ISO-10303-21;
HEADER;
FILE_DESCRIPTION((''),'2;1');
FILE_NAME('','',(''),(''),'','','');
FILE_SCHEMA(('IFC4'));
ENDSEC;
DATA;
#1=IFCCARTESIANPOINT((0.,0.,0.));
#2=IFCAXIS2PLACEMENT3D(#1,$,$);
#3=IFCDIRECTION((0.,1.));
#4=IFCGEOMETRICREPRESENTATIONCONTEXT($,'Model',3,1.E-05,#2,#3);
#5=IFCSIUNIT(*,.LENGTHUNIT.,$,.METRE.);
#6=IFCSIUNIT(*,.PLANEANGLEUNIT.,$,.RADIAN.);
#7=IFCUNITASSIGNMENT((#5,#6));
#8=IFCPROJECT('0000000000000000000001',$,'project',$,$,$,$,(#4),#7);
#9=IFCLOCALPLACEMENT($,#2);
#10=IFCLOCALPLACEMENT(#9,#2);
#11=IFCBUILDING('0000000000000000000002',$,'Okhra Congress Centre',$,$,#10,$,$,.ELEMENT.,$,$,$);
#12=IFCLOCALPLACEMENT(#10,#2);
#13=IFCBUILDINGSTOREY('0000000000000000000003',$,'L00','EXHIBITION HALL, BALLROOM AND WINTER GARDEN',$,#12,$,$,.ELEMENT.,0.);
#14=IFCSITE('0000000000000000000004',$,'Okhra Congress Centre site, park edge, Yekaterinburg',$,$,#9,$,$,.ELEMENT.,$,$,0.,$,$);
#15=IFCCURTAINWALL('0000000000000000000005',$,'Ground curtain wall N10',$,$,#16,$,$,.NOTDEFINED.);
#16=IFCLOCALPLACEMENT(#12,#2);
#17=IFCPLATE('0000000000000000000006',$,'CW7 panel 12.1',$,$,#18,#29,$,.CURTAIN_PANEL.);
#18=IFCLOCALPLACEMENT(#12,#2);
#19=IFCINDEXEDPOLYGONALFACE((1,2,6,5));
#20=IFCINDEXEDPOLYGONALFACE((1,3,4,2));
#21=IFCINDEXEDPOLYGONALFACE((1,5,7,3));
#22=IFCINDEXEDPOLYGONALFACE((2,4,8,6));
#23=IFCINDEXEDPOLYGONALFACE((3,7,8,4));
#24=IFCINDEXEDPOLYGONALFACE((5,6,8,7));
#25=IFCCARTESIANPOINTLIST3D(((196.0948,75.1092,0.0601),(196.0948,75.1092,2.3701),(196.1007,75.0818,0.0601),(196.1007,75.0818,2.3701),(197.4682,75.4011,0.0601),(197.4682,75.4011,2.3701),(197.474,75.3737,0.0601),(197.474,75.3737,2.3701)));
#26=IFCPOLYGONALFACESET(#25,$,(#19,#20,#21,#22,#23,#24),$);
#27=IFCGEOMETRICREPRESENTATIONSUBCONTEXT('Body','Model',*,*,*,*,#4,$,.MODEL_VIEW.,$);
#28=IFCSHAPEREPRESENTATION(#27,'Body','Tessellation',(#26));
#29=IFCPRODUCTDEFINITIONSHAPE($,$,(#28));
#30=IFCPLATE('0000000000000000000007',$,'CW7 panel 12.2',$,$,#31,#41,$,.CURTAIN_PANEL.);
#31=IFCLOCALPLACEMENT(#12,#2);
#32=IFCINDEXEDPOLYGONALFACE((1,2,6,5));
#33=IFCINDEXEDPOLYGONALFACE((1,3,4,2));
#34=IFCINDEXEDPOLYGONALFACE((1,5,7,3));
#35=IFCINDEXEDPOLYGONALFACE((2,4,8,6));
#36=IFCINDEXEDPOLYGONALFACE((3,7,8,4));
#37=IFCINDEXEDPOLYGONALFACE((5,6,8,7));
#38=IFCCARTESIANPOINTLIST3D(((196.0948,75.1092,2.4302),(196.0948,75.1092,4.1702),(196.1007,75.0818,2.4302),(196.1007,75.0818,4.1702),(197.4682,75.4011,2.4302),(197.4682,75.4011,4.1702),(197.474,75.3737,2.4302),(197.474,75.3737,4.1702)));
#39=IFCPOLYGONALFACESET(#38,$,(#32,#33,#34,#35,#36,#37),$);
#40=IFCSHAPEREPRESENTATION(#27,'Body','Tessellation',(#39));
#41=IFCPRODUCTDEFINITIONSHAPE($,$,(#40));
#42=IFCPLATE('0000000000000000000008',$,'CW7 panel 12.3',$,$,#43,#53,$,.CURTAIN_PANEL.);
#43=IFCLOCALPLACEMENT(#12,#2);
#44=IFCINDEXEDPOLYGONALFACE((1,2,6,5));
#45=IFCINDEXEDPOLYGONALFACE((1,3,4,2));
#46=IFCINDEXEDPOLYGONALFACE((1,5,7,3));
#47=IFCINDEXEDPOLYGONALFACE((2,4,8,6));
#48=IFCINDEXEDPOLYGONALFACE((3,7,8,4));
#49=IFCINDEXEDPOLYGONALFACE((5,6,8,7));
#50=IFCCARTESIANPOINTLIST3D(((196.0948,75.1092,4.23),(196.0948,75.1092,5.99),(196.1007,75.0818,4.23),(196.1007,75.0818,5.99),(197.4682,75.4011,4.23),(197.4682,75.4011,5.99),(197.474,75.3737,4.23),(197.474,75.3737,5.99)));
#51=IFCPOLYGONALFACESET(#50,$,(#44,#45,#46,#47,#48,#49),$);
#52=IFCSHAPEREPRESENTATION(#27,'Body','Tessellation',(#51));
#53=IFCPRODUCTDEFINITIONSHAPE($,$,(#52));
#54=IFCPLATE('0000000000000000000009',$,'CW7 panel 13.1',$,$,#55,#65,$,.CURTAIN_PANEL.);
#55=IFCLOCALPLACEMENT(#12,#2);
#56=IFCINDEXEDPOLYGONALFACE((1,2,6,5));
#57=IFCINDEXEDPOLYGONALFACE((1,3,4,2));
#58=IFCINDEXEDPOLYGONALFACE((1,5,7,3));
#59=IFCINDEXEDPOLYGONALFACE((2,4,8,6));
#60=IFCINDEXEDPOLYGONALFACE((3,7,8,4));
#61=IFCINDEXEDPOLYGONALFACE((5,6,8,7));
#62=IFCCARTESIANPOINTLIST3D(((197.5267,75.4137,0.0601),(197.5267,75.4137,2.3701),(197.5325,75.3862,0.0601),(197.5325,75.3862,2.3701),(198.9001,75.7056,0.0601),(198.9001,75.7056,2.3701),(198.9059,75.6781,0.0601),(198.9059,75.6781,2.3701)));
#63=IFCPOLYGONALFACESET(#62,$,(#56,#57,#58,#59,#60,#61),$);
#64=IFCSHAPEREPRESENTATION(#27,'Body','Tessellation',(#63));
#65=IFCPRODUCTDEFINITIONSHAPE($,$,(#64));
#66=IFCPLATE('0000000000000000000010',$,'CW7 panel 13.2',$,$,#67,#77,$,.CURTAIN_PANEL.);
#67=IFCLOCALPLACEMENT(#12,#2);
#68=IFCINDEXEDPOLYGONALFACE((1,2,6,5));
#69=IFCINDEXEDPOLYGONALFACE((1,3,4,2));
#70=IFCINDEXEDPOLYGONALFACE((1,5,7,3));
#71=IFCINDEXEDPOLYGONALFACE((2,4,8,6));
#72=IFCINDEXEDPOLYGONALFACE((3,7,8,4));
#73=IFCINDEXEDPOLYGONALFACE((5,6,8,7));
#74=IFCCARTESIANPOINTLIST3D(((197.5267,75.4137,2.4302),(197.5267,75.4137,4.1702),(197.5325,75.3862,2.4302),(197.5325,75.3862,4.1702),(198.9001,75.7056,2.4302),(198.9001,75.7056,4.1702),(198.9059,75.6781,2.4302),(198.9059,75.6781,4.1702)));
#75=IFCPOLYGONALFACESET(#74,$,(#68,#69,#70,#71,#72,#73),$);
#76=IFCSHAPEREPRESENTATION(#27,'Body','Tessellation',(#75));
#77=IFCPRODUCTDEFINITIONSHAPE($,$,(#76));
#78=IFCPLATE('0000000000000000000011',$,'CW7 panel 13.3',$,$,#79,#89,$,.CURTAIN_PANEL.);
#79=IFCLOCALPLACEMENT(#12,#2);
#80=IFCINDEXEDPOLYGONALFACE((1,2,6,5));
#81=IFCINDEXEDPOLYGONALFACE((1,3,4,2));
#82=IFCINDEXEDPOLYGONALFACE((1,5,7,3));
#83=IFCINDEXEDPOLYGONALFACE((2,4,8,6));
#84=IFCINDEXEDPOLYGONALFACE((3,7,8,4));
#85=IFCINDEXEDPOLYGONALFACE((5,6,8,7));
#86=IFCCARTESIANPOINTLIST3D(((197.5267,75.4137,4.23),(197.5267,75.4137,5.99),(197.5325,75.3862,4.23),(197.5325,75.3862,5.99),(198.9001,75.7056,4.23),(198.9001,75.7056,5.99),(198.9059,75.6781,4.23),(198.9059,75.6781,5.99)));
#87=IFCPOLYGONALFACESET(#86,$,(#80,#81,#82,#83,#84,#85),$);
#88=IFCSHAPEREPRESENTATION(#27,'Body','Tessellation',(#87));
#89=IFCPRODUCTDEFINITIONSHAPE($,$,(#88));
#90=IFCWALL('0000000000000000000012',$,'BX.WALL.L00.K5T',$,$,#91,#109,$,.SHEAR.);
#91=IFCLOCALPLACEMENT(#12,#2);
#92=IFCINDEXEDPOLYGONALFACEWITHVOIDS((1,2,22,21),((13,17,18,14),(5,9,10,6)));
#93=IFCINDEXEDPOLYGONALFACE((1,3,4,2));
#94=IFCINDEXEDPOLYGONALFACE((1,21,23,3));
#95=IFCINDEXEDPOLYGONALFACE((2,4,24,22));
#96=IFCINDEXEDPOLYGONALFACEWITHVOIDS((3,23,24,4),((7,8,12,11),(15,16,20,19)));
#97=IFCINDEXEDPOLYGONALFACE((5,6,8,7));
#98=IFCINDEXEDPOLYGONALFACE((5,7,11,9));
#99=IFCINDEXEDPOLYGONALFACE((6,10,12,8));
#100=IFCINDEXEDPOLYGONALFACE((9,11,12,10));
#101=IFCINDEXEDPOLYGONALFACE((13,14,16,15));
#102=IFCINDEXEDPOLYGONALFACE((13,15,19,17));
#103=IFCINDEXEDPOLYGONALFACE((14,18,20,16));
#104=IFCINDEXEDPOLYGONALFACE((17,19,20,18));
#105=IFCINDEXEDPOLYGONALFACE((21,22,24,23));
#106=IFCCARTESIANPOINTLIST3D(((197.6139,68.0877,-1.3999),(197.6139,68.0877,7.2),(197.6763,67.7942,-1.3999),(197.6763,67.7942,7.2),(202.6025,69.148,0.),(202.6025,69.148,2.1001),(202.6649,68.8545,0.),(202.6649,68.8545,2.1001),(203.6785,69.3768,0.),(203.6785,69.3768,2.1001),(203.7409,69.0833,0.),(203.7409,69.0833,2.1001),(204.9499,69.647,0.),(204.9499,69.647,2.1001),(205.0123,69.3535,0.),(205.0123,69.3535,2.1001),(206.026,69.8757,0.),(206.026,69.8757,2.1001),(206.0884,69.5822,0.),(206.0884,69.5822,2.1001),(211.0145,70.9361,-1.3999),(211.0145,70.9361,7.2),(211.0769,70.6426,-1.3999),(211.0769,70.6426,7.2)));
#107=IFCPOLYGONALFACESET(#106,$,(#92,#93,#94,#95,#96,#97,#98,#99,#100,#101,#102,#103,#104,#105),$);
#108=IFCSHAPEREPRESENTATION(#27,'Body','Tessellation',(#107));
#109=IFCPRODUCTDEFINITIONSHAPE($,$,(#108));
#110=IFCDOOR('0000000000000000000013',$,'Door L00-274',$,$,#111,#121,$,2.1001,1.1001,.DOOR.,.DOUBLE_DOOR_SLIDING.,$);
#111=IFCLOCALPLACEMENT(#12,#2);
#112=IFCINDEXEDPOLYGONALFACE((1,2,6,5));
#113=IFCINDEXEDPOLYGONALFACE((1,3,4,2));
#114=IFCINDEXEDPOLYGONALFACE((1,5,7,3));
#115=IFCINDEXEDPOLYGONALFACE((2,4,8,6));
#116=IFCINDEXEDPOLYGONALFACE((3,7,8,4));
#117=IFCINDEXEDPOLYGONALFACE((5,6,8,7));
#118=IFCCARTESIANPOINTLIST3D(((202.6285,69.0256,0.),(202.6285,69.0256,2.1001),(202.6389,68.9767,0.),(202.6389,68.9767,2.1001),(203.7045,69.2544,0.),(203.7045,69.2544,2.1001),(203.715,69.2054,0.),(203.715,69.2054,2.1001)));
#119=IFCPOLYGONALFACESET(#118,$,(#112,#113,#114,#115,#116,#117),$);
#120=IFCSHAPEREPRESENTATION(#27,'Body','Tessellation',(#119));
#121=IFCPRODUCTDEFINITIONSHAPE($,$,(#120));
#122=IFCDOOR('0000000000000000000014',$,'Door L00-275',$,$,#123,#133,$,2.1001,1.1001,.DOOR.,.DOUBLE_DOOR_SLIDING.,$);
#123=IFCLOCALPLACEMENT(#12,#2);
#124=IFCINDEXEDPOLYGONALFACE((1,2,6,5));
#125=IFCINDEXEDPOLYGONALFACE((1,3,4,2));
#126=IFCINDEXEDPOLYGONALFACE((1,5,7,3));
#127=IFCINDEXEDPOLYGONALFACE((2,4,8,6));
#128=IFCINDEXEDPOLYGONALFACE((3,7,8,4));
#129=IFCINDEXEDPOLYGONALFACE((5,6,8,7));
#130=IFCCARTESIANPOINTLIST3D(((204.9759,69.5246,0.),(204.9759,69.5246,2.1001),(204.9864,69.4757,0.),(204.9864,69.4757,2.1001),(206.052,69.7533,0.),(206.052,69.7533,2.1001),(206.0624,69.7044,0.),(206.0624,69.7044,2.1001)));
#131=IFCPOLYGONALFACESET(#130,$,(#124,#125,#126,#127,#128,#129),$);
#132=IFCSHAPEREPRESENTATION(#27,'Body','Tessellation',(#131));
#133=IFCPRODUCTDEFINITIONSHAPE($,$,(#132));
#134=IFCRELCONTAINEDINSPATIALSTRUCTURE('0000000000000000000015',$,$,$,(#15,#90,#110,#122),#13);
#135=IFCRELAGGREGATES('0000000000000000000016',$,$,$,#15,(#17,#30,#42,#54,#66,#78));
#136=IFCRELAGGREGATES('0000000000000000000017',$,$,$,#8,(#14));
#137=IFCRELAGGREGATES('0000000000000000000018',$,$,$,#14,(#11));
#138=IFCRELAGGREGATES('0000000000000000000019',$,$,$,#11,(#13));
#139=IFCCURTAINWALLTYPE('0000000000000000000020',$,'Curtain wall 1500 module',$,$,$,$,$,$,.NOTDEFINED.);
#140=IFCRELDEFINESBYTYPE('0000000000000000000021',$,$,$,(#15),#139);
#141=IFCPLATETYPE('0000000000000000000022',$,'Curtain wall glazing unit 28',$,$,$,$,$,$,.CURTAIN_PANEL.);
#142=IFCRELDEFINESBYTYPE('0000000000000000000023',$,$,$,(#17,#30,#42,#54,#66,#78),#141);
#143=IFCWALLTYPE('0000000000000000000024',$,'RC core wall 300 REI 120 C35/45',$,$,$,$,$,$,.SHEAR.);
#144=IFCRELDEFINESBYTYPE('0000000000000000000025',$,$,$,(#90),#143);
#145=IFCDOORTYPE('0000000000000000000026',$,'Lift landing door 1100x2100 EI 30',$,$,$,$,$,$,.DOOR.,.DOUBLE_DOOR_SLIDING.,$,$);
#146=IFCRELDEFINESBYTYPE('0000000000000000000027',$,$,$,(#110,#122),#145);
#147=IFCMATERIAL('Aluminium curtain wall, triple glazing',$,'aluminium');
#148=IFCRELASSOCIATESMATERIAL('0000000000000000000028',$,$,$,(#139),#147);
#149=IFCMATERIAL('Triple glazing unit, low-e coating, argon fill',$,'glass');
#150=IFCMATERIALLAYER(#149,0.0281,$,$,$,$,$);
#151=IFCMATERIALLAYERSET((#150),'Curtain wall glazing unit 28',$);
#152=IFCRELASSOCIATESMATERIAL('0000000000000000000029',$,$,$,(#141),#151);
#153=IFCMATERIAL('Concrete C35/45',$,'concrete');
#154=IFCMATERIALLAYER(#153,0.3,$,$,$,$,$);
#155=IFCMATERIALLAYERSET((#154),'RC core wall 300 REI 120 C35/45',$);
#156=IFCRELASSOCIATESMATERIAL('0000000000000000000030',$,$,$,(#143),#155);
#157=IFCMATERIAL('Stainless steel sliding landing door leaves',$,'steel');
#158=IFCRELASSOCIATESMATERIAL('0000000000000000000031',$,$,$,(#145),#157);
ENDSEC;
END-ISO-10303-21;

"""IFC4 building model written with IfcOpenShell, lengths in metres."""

from ifc_helpers import new_model, si_unit, direction, frame, frame_2d, origin, origin_2d, place, context, subcontext, project, spatial, rectangle, extrude, material, layer, layer_set, type_object, element, fill, aggregate, save


model = new_model("IFC4")

# Units and contexts
model_context = context("Model", 3, precision=1e-05, world=origin(), true_north=direction((0.0, 1.0)))
body_context = subcontext(model_context, "Body", "Model", "MODEL_VIEW")
ifc_project = project(units=[si_unit("LENGTHUNIT", "METRE"), si_unit("PLANEANGLEUNIT", "RADIAN")], contexts=[model_context])

# Site, building, storey
site_placement = place(None, origin())
site = spatial("IfcSite", under=ifc_project, at=site_placement, Name="Okhra Congress Centre site, park edge, Yekaterinburg", CompositionType="ELEMENT", RefElevation=0.0)
building_placement = place(site_placement, origin())
building = spatial("IfcBuilding", under=site, at=building_placement, Name="Okhra Congress Centre", CompositionType="ELEMENT")
storey_placement = place(building_placement, origin())
storey = spatial("IfcBuildingStorey", under=building, at=storey_placement, Name="L00", Description="EXHIBITION HALL, BALLROOM AND WINTER GARDEN", CompositionType="ELEMENT", Elevation=0.0)

# Curtain wall
ifc_material_1 = material(Name="Aluminium curtain wall, triple glazing", Category="aluminium")
curtain_wall_type = type_object("IfcCurtainWallType", Name="Curtain wall 1500 module", PredefinedType="NOTDEFINED", material=ifc_material_1)
curtain_wall_placement = place(storey_placement, origin())
curtain_wall = element("IfcCurtainWall", 1, at=curtain_wall_placement, inside=storey, type_object=curtain_wall_type, Name="Ground curtain wall N10", PredefinedType="NOTDEFINED")

# Plates
ifc_material_2 = material(Name="Triple glazing unit, low-e coating, argon fill", Category="glass")
ifc_layer_1 = layer(ifc_material_2, 0.0281)
ifc_layer_set_1 = layer_set([ifc_layer_1], Name="Curtain wall glazing unit 28")
plate_type = type_object("IfcPlateType", Name="Curtain wall glazing unit 28", PredefinedType="CURTAIN_PANEL", material=ifc_layer_set_1)
plate_1_placement = place(storey_placement, frame((196.7844, 75.2415, 0.0601), z_axis=(0.0, 0.0, 1.0), x_axis=(0.978148, 0.207912, 0.0)))
plate_1 = element("IfcPlate", 2, at=plate_1_placement, type_object=plate_type, Name="CW7 panel 12.1", PredefinedType="CURTAIN_PANEL", context=body_context, shape_type="SweptSolid", body=[
    extrude(rectangle(XDim=1.4041, YDim=0.0281, at=origin_2d()), origin(), (0.0, 0.0, 1.0), 2.3101),
])
plate_2_placement = place(storey_placement, frame((196.7844, 75.2415, 2.4302), z_axis=(0.0, 0.0, 1.0), x_axis=(0.978148, 0.207912, 0.0)))
plate_2 = element("IfcPlate", 3, at=plate_2_placement, type_object=plate_type, Name="CW7 panel 12.2", PredefinedType="CURTAIN_PANEL", context=body_context, shape_type="SweptSolid", body=[
    extrude(rectangle(XDim=1.4041, YDim=0.0281, at=origin_2d()), origin(), (0.0, 0.0, 1.0), 1.74),
])
plate_3_placement = place(storey_placement, frame((196.7844, 75.2415, 4.23), z_axis=(0.0, 0.0, 1.0), x_axis=(0.978148, 0.207912, 0.0)))
plate_3 = element("IfcPlate", 4, at=plate_3_placement, type_object=plate_type, Name="CW7 panel 12.3", PredefinedType="CURTAIN_PANEL", context=body_context, shape_type="SweptSolid", body=[
    extrude(rectangle(XDim=1.4041, YDim=0.0281, at=origin_2d()), origin(), (0.0, 0.0, 1.0), 1.76),
])
plate_4_placement = place(storey_placement, frame((198.2163, 75.5459, 0.0601), z_axis=(0.0, 0.0, 1.0), x_axis=(0.978148, 0.207912, 0.0)))
plate_4 = element("IfcPlate", 5, at=plate_4_placement, type_object=plate_type, Name="CW7 panel 13.1", PredefinedType="CURTAIN_PANEL", context=body_context, shape_type="SweptSolid", body=[
    extrude(rectangle(XDim=1.4041, YDim=0.0281, at=origin_2d()), origin(), (0.0, 0.0, 1.0), 2.3101),
])
plate_5_placement = place(storey_placement, frame((198.2163, 75.5459, 2.4302), z_axis=(0.0, 0.0, 1.0), x_axis=(0.978148, 0.207912, 0.0)))
plate_5 = element("IfcPlate", 6, at=plate_5_placement, type_object=plate_type, Name="CW7 panel 13.2", PredefinedType="CURTAIN_PANEL", context=body_context, shape_type="SweptSolid", body=[
    extrude(rectangle(XDim=1.4041, YDim=0.0281, at=origin_2d()), origin(), (0.0, 0.0, 1.0), 1.74),
])
plate_6_placement = place(storey_placement, frame((198.2163, 75.5459, 4.23), z_axis=(0.0, 0.0, 1.0), x_axis=(0.978148, 0.207912, 0.0)))
plate_6 = element("IfcPlate", 7, at=plate_6_placement, type_object=plate_type, Name="CW7 panel 13.3", PredefinedType="CURTAIN_PANEL", context=body_context, shape_type="SweptSolid", body=[
    extrude(rectangle(XDim=1.4041, YDim=0.0281, at=origin_2d()), origin(), (0.0, 0.0, 1.0), 1.76),
])
aggregate(curtain_wall, [plate_1, plate_2, plate_3, plate_4, plate_5, plate_6])

# Wall, openings, doors
ifc_material_3 = material(Name="Concrete C35/45", Category="concrete")
ifc_layer_2 = layer(ifc_material_3, 0.3)
ifc_layer_set_2 = layer_set([ifc_layer_2], Name="RC core wall 300 REI 120 C35/45")
wall_type_1 = type_object("IfcWallType", Name="RC core wall 300 REI 120 C35/45", PredefinedType="SHEAR", material=ifc_layer_set_2)
wall_1_placement = place(storey_placement, frame((197.645, 67.9409, -1.3999), z_axis=(0.0, 0.0, 1.0), x_axis=(0.978148, 0.207911, 0.0)))
wall_1 = element("IfcWall", 8, at=wall_1_placement, inside=storey, type_object=wall_type_1, Name="BX.WALL.L00.K5T", PredefinedType="SHEAR", context=body_context, shape_type="SweptSolid", body=[
    extrude(rectangle(XDim=13.7, YDim=0.3, at=frame_2d((6.8501, 0.0))), origin(), (0.0, 0.0, 1.0), 8.5999),
])
opening_1_placement = place(wall_1_placement, frame((5.1001, 0.0, 1.3999)))
opening_1 = element("IfcOpeningElement", 9, at=opening_1_placement, cuts=wall_1, PredefinedType="OPENING", context=body_context, shape_type="SweptSolid", body=[
    extrude(rectangle(XDim=1.1001, YDim=2.1001, at=frame_2d((0.55, 1.05))), frame((0.0, 0.1599, 0.0), z_axis=(0.0, -1.0, 0.0), x_axis=(1.0, 0.0, 0.0)), (0.0, 0.0, 1.0), 0.3201),
])
opening_2_placement = place(wall_1_placement, frame((7.5, 0.0, 1.3999)))
opening_2 = element("IfcOpeningElement", 10, at=opening_2_placement, cuts=wall_1, PredefinedType="OPENING", context=body_context, shape_type="SweptSolid", body=[
    extrude(rectangle(XDim=1.1001, YDim=2.1001, at=frame_2d((0.55, 1.05))), frame((0.0, 0.1599, 0.0), z_axis=(0.0, -1.0, 0.0), x_axis=(1.0, 0.0, 0.0)), (0.0, 0.0, 1.0), 0.3201),
])
ifc_material_4 = material(Name="Stainless steel sliding landing door leaves", Category="steel")
door_type_1 = type_object("IfcDoorType", Name="Lift landing door 1100x2100 EI 30", OperationType="DOUBLE_DOOR_SLIDING", PredefinedType="DOOR", material=ifc_material_4)
door_1_placement = place(opening_1_placement, origin())
door_1 = element("IfcDoor", 11, at=door_1_placement, inside=storey, type_object=door_type_1, Name="Door L00-274", OperationType="DOUBLE_DOOR_SLIDING", OverallHeight=2.1001, OverallWidth=1.1001, PredefinedType="DOOR", context=body_context, shape_type="SweptSolid", body=[
    extrude(rectangle(XDim=1.1001, YDim=2.1001, at=frame_2d((0.55, 1.05))), frame((0.0, 0.0249, 0.0), z_axis=(0.0, -1.0, 0.0), x_axis=(1.0, 0.0, 0.0)), (0.0, 0.0, 1.0), 0.05),
])
fill(opening_1, door_1)
door_2_placement = place(opening_2_placement, origin())
door_2 = element("IfcDoor", 12, at=door_2_placement, inside=storey, type_object=door_type_1, Name="Door L00-275", OperationType="DOUBLE_DOOR_SLIDING", OverallHeight=2.1001, OverallWidth=1.1001, PredefinedType="DOOR", context=body_context, shape_type="SweptSolid", body=[
    extrude(rectangle(XDim=1.1001, YDim=2.1001, at=frame_2d((0.55, 1.05))), frame((0.0, 0.0249, 0.0), z_axis=(0.0, -1.0, 0.0), x_axis=(1.0, 0.0, 0.0)), (0.0, 0.0, 1.0), 0.05),
])
fill(opening_2, door_2)

save(model, "model.ifc")
